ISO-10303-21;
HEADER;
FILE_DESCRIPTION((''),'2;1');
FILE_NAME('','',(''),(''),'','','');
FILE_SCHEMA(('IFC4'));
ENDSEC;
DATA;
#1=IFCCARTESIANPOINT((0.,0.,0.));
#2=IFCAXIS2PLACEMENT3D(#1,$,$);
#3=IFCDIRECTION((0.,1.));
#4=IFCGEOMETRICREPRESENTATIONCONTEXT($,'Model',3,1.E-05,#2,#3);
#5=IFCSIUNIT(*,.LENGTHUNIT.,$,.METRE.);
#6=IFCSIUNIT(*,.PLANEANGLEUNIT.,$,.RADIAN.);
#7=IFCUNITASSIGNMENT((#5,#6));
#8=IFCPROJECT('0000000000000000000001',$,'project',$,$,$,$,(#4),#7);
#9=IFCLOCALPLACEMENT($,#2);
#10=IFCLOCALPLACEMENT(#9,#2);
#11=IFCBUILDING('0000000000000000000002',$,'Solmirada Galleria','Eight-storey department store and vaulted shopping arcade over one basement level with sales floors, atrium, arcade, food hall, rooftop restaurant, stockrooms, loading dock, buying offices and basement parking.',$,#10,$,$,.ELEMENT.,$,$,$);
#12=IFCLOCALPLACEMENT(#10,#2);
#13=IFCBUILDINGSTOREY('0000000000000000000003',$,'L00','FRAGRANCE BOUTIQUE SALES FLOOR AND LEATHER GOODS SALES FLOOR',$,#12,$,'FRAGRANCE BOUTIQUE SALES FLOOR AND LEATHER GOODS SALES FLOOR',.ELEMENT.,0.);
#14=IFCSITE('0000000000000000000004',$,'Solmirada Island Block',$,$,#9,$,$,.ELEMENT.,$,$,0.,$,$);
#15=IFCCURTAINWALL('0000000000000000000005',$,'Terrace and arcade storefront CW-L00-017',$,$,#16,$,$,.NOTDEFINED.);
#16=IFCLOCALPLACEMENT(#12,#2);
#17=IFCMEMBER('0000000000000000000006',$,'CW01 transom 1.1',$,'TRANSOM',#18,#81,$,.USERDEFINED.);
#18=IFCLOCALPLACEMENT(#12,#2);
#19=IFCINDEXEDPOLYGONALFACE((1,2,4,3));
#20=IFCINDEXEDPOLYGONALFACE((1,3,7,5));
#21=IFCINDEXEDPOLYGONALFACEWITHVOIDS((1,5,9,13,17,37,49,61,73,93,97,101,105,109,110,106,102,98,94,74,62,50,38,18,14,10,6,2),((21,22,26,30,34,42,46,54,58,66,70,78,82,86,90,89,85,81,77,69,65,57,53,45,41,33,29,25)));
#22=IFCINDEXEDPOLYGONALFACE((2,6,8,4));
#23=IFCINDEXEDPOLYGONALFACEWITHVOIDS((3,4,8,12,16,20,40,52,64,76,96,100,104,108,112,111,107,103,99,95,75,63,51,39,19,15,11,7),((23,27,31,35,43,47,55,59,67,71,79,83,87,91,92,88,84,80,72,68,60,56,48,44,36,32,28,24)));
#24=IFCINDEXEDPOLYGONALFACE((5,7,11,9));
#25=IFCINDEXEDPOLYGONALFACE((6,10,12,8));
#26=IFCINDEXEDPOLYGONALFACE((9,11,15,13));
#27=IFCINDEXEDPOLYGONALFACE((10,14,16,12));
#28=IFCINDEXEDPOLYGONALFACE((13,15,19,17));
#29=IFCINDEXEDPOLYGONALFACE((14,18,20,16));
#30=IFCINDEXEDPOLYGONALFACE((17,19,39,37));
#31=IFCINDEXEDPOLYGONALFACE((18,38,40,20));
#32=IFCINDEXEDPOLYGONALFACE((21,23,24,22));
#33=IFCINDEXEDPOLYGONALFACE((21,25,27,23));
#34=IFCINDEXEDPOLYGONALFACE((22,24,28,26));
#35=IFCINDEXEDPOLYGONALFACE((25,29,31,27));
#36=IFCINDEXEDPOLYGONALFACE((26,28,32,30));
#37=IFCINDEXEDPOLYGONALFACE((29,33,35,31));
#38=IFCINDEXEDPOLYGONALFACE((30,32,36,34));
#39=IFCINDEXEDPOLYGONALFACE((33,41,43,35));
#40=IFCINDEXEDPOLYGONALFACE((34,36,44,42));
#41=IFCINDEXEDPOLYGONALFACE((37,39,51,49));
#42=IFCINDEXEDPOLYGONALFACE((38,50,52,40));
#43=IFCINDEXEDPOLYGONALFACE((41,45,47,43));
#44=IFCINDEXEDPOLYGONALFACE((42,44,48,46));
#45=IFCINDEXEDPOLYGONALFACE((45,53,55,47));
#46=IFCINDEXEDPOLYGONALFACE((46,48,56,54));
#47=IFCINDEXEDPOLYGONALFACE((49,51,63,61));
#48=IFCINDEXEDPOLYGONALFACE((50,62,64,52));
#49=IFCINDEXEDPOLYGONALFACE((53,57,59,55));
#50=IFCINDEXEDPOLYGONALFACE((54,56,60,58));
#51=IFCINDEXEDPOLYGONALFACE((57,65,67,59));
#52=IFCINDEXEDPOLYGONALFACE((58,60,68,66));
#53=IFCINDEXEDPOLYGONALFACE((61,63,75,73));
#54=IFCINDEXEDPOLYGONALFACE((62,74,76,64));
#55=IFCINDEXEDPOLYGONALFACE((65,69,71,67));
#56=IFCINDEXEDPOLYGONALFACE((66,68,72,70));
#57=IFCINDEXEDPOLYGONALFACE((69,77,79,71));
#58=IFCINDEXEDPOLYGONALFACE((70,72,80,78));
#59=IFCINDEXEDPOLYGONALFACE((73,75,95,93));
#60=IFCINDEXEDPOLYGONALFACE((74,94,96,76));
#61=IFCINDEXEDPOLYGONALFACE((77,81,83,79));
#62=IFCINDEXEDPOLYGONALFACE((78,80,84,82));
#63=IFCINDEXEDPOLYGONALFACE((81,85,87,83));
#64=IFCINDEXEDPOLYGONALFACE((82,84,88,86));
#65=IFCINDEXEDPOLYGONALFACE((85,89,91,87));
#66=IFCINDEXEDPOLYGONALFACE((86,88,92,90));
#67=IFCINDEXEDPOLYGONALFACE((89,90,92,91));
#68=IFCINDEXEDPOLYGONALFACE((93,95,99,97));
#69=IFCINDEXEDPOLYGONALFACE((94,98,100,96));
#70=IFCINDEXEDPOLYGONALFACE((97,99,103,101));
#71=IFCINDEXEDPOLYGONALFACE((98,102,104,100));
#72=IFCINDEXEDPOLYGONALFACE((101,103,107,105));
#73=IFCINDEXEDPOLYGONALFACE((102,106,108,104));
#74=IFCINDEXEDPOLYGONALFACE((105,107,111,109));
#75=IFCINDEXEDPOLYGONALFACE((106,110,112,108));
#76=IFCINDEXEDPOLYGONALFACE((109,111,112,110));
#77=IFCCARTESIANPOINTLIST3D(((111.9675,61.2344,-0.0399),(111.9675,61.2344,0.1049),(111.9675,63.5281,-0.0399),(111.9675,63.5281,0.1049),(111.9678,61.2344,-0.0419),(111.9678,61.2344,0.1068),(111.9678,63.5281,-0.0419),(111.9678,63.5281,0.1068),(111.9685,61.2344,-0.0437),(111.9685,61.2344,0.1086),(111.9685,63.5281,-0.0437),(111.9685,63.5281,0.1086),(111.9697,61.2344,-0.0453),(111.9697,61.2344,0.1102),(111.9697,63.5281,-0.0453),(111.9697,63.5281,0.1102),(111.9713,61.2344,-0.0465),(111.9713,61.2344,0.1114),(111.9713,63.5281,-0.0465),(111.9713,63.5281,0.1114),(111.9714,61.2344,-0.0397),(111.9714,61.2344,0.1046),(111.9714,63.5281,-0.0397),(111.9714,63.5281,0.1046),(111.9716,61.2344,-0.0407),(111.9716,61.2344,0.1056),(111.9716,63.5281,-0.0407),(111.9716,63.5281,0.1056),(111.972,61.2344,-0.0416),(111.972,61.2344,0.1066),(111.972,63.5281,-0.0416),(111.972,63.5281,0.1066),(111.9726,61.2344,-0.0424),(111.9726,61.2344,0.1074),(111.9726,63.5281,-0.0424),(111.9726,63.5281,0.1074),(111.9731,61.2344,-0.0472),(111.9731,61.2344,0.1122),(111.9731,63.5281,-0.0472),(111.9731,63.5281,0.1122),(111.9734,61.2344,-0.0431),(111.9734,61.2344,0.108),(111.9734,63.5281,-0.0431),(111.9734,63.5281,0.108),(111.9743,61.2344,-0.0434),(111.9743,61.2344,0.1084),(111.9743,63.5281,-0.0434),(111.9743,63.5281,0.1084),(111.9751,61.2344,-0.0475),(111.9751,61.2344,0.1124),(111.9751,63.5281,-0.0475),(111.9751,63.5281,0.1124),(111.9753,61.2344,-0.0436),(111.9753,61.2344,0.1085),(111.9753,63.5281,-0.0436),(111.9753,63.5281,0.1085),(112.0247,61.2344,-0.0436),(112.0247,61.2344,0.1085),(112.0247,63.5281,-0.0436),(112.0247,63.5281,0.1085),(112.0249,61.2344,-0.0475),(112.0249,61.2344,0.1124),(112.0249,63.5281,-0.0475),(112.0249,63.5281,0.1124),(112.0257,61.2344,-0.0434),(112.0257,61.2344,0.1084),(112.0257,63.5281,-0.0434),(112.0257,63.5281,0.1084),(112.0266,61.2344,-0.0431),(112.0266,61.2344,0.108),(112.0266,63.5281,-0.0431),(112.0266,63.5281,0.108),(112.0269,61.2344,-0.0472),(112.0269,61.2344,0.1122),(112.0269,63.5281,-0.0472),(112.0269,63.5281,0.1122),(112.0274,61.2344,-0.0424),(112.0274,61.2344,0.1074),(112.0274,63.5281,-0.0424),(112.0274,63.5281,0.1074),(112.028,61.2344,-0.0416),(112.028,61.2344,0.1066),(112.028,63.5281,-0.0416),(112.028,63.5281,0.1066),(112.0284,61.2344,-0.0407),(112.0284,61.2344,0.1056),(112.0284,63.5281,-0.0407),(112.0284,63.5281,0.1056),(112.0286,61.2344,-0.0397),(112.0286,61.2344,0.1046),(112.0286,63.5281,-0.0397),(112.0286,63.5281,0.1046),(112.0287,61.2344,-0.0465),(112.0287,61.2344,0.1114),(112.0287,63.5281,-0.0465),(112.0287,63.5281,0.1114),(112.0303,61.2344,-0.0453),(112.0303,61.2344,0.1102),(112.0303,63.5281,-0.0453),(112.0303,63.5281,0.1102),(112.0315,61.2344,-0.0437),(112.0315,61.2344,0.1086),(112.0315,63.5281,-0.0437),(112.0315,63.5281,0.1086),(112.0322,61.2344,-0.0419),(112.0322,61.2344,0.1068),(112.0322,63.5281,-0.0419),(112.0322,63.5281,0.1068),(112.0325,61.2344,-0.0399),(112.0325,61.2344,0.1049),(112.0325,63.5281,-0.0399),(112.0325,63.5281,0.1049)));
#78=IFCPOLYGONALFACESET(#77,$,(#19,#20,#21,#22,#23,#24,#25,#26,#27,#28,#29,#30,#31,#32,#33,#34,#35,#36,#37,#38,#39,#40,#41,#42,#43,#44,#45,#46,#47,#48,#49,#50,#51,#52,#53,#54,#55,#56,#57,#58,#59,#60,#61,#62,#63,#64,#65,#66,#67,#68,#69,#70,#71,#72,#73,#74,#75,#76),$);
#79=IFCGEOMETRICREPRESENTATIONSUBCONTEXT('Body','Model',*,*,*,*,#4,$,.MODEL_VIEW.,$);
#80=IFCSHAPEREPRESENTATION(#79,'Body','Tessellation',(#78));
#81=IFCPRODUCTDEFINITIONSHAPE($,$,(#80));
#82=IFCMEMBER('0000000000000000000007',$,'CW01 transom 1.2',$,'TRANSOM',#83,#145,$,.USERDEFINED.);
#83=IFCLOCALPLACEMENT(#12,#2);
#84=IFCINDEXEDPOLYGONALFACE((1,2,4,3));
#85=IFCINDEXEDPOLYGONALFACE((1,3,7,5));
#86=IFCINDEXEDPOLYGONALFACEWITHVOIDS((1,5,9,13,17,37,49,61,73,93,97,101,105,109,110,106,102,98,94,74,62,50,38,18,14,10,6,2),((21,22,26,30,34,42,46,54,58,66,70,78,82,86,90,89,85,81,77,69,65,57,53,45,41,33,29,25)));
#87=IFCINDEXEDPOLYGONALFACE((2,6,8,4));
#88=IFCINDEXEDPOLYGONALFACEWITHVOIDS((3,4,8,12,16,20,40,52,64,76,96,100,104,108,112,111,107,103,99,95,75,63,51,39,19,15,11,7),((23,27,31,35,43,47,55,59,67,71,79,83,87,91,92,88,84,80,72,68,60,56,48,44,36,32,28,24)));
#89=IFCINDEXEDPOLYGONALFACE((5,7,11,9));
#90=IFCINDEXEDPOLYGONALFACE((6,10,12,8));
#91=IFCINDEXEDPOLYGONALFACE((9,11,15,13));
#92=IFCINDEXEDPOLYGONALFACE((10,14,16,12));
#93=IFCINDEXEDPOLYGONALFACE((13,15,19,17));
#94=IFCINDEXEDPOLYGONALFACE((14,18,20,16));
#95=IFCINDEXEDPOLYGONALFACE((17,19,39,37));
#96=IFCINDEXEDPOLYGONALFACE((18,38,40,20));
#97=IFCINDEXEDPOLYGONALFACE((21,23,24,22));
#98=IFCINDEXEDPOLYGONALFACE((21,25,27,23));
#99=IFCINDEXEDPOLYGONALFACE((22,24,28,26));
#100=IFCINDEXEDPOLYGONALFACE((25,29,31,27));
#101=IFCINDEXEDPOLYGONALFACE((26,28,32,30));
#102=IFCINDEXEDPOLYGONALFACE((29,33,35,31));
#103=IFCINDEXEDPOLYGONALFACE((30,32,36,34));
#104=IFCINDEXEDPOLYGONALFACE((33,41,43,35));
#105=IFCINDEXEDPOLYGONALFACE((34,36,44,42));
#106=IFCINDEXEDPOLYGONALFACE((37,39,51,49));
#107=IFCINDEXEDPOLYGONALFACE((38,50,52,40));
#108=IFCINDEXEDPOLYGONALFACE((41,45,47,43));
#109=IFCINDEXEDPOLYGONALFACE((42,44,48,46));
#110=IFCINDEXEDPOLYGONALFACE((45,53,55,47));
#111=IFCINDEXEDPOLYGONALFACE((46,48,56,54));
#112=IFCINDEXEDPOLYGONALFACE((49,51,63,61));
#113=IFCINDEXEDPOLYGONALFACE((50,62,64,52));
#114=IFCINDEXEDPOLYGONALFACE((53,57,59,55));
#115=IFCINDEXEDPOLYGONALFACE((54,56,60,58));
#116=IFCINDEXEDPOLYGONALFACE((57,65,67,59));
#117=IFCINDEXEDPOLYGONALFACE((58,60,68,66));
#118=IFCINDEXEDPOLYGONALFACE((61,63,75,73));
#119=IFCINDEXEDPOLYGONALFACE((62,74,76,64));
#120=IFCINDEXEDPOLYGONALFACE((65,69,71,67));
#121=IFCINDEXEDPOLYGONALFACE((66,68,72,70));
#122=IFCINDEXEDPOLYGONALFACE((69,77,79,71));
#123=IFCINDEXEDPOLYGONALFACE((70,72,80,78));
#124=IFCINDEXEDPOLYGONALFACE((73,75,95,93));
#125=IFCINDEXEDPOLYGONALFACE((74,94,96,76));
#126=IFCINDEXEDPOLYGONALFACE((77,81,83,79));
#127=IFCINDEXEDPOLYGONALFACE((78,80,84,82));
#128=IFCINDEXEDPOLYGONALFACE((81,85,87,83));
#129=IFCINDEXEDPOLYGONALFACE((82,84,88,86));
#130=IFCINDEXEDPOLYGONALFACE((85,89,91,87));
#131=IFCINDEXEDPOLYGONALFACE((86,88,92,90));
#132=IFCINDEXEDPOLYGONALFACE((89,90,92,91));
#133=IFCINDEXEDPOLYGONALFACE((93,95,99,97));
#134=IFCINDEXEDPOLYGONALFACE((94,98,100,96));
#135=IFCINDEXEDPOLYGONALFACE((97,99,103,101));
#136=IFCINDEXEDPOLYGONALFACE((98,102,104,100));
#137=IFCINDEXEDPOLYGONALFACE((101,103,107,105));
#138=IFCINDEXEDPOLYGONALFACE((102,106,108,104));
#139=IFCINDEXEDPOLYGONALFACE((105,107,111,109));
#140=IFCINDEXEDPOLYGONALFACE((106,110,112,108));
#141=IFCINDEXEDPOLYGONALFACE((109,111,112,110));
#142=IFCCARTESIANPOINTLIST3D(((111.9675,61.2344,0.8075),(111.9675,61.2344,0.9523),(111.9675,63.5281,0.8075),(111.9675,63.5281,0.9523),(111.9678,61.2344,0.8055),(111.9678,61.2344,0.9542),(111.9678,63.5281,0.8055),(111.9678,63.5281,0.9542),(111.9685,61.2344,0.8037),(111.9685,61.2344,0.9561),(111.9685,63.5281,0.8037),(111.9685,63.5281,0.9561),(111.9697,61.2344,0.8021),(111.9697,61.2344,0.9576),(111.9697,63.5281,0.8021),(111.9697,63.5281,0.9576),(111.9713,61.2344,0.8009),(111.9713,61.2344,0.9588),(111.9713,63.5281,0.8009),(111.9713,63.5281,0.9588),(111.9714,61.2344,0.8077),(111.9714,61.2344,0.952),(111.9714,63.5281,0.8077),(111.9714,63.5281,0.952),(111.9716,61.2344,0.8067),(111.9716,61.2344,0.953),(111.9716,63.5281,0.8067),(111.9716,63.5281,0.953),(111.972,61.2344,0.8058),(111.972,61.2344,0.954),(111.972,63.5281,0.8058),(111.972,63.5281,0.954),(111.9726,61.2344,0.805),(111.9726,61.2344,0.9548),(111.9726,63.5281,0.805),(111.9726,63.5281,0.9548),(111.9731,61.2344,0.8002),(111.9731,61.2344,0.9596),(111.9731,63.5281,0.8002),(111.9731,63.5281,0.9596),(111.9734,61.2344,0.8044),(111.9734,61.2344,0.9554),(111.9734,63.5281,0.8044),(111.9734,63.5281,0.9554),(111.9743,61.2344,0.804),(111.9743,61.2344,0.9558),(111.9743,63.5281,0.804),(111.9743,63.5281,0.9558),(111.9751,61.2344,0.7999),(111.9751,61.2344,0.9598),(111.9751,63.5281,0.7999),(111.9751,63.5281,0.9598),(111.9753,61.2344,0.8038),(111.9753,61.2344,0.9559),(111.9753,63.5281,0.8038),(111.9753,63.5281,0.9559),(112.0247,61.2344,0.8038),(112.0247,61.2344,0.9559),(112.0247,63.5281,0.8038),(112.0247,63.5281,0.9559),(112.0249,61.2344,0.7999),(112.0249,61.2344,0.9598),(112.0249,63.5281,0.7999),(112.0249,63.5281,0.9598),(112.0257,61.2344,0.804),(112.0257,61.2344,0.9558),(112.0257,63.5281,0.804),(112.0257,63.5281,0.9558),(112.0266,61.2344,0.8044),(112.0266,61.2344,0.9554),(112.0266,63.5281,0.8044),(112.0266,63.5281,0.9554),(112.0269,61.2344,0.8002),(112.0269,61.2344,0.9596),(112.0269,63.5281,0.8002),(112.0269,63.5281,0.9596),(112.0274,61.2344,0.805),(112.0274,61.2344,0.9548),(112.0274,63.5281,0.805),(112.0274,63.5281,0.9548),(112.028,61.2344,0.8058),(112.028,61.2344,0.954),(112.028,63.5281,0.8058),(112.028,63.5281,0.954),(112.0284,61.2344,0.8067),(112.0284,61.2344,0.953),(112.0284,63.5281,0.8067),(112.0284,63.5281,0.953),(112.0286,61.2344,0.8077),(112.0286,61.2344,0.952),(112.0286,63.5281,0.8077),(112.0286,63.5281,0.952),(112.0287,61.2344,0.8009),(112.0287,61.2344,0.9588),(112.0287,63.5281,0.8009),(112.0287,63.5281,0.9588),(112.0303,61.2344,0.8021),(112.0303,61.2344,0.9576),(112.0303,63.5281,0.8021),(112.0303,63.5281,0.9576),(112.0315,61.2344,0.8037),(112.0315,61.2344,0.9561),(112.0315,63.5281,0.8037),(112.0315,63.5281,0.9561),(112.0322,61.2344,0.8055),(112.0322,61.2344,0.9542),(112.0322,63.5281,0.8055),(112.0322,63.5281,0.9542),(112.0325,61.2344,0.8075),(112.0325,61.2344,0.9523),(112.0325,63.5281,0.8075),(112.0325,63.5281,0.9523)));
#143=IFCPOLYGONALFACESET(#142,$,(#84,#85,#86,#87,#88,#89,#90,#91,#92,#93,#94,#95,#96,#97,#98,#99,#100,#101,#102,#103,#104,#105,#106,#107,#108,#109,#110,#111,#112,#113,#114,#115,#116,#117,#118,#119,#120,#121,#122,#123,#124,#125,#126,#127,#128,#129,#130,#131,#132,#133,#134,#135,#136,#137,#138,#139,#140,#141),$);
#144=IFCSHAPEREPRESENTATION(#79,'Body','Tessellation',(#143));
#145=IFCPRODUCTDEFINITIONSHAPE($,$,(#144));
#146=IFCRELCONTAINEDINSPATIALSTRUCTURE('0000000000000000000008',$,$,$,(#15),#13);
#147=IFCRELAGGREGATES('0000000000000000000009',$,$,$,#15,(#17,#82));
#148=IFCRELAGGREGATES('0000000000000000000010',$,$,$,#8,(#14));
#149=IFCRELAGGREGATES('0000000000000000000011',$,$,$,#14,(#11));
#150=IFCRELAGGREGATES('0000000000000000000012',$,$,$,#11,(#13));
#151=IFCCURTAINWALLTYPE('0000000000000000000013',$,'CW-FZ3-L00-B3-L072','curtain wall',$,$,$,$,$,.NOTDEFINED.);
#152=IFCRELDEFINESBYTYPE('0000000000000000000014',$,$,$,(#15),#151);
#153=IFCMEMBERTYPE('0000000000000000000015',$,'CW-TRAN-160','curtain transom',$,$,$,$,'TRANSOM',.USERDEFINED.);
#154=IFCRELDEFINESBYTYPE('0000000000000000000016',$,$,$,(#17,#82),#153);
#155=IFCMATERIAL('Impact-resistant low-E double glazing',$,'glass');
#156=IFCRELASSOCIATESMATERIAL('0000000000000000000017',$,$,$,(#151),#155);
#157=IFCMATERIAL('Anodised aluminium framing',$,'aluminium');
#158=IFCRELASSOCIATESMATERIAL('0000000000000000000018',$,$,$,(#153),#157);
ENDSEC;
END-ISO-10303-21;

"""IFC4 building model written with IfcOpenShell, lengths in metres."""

from ifc_helpers import new_model, si_unit, direction, frame, origin, origin_2d, place, context, subcontext, project, spatial, hollow_rectangle, extrude, material, material_profile, profile_set, type_object, element, aggregate, save


model = new_model("IFC4")

# Units and contexts
model_context = context("Model", 3, precision=1e-05, world=origin(), true_north=direction((0.0, 1.0)))
body_context = subcontext(model_context, "Body", "Model", "MODEL_VIEW")
ifc_project = project(units=[si_unit("LENGTHUNIT", "METRE"), si_unit("PLANEANGLEUNIT", "RADIAN")], contexts=[model_context])

# Site, building, storey
site_placement = place(None, origin())
site = spatial("IfcSite", under=ifc_project, at=site_placement, Name="Solmirada Island Block", CompositionType="ELEMENT", RefElevation=0.0)
building_placement = place(site_placement, origin())
building = spatial("IfcBuilding", under=site, at=building_placement, Name="Solmirada Galleria", Description="Eight-storey department store and vaulted shopping arcade over one basement level with sales floors, atrium, arcade, food hall, rooftop restaurant, stockrooms, loading dock, buying offices and basement parking.", CompositionType="ELEMENT")
storey_placement = place(building_placement, origin())
storey = spatial("IfcBuildingStorey", under=building, at=storey_placement, Name="L00", Description="FRAGRANCE BOUTIQUE SALES FLOOR AND LEATHER GOODS SALES FLOOR", LongName="FRAGRANCE BOUTIQUE SALES FLOOR AND LEATHER GOODS SALES FLOOR", CompositionType="ELEMENT", Elevation=0.0)

# Curtain wall
ifc_material_1 = material(Name="Impact-resistant low-E double glazing", Category="glass")
curtain_wall_type = type_object("IfcCurtainWallType", Name="CW-FZ3-L00-B3-L072", Description="curtain wall", PredefinedType="NOTDEFINED", material=ifc_material_1)
ifc_material_2 = material(Name="Anodised aluminium framing", Category="aluminium")
curtain_wall_1_placement = place(storey_placement, origin())
curtain_wall_1 = element("IfcCurtainWall", 1, at=curtain_wall_1_placement, inside=storey, type_object=curtain_wall_type, Name="Terrace and arcade storefront CW-L00-017", PredefinedType="NOTDEFINED")

# Members
ifc_material_profile_1 = material_profile(ifc_material_2, hollow_rectangle(XDim=0.0649, YDim=0.1599, WallThickness=0.0039, InnerFilletRadius=0.0039, OuterFilletRadius=0.0076, at=origin_2d()), Name="ALU-TRAN-160X65")
ifc_profile_set_1 = profile_set([ifc_material_profile_1], Name="Anodised aluminium framing")
member_type_1 = type_object("IfcMemberType", Name="CW-TRAN-160", Description="curtain transom", ElementType="TRANSOM", PredefinedType="USERDEFINED", material=ifc_profile_set_1)
member_1_placement = place(storey_placement, frame((112.0, 63.5281, 0.0325), z_axis=(0.0, -1.0, 0.0), x_axis=(1.0, 0.0, 0.0)))
member_1 = element("IfcMember", 2, at=member_1_placement, type_object=member_type_1, Name="CW01 transom 1.1", ObjectType="TRANSOM", PredefinedType="USERDEFINED", context=body_context, shape_type="SweptSolid", body=[
    extrude(hollow_rectangle(XDim=0.0649, YDim=0.1599, WallThickness=0.0039, InnerFilletRadius=0.0039, OuterFilletRadius=0.0076, at=origin_2d()), origin(), (0.0, 0.0, 1.0), 2.2937),
])
member_2_placement = place(storey_placement, frame((112.0, 63.5281, 0.8799), z_axis=(0.0, -1.0, 0.0), x_axis=(1.0, 0.0, 0.0)))
member_2 = element("IfcMember", 3, at=member_2_placement, type_object=member_type_1, Name="CW01 transom 1.2", ObjectType="TRANSOM", PredefinedType="USERDEFINED", context=body_context, shape_type="SweptSolid", body=[
    extrude(hollow_rectangle(XDim=0.0649, YDim=0.1599, WallThickness=0.0039, InnerFilletRadius=0.0039, OuterFilletRadius=0.0076, at=origin_2d()), origin(), (0.0, 0.0, 1.0), 2.2937),
])

aggregate(curtain_wall_1, [member_1, member_2])

save(model, "model.ifc")
